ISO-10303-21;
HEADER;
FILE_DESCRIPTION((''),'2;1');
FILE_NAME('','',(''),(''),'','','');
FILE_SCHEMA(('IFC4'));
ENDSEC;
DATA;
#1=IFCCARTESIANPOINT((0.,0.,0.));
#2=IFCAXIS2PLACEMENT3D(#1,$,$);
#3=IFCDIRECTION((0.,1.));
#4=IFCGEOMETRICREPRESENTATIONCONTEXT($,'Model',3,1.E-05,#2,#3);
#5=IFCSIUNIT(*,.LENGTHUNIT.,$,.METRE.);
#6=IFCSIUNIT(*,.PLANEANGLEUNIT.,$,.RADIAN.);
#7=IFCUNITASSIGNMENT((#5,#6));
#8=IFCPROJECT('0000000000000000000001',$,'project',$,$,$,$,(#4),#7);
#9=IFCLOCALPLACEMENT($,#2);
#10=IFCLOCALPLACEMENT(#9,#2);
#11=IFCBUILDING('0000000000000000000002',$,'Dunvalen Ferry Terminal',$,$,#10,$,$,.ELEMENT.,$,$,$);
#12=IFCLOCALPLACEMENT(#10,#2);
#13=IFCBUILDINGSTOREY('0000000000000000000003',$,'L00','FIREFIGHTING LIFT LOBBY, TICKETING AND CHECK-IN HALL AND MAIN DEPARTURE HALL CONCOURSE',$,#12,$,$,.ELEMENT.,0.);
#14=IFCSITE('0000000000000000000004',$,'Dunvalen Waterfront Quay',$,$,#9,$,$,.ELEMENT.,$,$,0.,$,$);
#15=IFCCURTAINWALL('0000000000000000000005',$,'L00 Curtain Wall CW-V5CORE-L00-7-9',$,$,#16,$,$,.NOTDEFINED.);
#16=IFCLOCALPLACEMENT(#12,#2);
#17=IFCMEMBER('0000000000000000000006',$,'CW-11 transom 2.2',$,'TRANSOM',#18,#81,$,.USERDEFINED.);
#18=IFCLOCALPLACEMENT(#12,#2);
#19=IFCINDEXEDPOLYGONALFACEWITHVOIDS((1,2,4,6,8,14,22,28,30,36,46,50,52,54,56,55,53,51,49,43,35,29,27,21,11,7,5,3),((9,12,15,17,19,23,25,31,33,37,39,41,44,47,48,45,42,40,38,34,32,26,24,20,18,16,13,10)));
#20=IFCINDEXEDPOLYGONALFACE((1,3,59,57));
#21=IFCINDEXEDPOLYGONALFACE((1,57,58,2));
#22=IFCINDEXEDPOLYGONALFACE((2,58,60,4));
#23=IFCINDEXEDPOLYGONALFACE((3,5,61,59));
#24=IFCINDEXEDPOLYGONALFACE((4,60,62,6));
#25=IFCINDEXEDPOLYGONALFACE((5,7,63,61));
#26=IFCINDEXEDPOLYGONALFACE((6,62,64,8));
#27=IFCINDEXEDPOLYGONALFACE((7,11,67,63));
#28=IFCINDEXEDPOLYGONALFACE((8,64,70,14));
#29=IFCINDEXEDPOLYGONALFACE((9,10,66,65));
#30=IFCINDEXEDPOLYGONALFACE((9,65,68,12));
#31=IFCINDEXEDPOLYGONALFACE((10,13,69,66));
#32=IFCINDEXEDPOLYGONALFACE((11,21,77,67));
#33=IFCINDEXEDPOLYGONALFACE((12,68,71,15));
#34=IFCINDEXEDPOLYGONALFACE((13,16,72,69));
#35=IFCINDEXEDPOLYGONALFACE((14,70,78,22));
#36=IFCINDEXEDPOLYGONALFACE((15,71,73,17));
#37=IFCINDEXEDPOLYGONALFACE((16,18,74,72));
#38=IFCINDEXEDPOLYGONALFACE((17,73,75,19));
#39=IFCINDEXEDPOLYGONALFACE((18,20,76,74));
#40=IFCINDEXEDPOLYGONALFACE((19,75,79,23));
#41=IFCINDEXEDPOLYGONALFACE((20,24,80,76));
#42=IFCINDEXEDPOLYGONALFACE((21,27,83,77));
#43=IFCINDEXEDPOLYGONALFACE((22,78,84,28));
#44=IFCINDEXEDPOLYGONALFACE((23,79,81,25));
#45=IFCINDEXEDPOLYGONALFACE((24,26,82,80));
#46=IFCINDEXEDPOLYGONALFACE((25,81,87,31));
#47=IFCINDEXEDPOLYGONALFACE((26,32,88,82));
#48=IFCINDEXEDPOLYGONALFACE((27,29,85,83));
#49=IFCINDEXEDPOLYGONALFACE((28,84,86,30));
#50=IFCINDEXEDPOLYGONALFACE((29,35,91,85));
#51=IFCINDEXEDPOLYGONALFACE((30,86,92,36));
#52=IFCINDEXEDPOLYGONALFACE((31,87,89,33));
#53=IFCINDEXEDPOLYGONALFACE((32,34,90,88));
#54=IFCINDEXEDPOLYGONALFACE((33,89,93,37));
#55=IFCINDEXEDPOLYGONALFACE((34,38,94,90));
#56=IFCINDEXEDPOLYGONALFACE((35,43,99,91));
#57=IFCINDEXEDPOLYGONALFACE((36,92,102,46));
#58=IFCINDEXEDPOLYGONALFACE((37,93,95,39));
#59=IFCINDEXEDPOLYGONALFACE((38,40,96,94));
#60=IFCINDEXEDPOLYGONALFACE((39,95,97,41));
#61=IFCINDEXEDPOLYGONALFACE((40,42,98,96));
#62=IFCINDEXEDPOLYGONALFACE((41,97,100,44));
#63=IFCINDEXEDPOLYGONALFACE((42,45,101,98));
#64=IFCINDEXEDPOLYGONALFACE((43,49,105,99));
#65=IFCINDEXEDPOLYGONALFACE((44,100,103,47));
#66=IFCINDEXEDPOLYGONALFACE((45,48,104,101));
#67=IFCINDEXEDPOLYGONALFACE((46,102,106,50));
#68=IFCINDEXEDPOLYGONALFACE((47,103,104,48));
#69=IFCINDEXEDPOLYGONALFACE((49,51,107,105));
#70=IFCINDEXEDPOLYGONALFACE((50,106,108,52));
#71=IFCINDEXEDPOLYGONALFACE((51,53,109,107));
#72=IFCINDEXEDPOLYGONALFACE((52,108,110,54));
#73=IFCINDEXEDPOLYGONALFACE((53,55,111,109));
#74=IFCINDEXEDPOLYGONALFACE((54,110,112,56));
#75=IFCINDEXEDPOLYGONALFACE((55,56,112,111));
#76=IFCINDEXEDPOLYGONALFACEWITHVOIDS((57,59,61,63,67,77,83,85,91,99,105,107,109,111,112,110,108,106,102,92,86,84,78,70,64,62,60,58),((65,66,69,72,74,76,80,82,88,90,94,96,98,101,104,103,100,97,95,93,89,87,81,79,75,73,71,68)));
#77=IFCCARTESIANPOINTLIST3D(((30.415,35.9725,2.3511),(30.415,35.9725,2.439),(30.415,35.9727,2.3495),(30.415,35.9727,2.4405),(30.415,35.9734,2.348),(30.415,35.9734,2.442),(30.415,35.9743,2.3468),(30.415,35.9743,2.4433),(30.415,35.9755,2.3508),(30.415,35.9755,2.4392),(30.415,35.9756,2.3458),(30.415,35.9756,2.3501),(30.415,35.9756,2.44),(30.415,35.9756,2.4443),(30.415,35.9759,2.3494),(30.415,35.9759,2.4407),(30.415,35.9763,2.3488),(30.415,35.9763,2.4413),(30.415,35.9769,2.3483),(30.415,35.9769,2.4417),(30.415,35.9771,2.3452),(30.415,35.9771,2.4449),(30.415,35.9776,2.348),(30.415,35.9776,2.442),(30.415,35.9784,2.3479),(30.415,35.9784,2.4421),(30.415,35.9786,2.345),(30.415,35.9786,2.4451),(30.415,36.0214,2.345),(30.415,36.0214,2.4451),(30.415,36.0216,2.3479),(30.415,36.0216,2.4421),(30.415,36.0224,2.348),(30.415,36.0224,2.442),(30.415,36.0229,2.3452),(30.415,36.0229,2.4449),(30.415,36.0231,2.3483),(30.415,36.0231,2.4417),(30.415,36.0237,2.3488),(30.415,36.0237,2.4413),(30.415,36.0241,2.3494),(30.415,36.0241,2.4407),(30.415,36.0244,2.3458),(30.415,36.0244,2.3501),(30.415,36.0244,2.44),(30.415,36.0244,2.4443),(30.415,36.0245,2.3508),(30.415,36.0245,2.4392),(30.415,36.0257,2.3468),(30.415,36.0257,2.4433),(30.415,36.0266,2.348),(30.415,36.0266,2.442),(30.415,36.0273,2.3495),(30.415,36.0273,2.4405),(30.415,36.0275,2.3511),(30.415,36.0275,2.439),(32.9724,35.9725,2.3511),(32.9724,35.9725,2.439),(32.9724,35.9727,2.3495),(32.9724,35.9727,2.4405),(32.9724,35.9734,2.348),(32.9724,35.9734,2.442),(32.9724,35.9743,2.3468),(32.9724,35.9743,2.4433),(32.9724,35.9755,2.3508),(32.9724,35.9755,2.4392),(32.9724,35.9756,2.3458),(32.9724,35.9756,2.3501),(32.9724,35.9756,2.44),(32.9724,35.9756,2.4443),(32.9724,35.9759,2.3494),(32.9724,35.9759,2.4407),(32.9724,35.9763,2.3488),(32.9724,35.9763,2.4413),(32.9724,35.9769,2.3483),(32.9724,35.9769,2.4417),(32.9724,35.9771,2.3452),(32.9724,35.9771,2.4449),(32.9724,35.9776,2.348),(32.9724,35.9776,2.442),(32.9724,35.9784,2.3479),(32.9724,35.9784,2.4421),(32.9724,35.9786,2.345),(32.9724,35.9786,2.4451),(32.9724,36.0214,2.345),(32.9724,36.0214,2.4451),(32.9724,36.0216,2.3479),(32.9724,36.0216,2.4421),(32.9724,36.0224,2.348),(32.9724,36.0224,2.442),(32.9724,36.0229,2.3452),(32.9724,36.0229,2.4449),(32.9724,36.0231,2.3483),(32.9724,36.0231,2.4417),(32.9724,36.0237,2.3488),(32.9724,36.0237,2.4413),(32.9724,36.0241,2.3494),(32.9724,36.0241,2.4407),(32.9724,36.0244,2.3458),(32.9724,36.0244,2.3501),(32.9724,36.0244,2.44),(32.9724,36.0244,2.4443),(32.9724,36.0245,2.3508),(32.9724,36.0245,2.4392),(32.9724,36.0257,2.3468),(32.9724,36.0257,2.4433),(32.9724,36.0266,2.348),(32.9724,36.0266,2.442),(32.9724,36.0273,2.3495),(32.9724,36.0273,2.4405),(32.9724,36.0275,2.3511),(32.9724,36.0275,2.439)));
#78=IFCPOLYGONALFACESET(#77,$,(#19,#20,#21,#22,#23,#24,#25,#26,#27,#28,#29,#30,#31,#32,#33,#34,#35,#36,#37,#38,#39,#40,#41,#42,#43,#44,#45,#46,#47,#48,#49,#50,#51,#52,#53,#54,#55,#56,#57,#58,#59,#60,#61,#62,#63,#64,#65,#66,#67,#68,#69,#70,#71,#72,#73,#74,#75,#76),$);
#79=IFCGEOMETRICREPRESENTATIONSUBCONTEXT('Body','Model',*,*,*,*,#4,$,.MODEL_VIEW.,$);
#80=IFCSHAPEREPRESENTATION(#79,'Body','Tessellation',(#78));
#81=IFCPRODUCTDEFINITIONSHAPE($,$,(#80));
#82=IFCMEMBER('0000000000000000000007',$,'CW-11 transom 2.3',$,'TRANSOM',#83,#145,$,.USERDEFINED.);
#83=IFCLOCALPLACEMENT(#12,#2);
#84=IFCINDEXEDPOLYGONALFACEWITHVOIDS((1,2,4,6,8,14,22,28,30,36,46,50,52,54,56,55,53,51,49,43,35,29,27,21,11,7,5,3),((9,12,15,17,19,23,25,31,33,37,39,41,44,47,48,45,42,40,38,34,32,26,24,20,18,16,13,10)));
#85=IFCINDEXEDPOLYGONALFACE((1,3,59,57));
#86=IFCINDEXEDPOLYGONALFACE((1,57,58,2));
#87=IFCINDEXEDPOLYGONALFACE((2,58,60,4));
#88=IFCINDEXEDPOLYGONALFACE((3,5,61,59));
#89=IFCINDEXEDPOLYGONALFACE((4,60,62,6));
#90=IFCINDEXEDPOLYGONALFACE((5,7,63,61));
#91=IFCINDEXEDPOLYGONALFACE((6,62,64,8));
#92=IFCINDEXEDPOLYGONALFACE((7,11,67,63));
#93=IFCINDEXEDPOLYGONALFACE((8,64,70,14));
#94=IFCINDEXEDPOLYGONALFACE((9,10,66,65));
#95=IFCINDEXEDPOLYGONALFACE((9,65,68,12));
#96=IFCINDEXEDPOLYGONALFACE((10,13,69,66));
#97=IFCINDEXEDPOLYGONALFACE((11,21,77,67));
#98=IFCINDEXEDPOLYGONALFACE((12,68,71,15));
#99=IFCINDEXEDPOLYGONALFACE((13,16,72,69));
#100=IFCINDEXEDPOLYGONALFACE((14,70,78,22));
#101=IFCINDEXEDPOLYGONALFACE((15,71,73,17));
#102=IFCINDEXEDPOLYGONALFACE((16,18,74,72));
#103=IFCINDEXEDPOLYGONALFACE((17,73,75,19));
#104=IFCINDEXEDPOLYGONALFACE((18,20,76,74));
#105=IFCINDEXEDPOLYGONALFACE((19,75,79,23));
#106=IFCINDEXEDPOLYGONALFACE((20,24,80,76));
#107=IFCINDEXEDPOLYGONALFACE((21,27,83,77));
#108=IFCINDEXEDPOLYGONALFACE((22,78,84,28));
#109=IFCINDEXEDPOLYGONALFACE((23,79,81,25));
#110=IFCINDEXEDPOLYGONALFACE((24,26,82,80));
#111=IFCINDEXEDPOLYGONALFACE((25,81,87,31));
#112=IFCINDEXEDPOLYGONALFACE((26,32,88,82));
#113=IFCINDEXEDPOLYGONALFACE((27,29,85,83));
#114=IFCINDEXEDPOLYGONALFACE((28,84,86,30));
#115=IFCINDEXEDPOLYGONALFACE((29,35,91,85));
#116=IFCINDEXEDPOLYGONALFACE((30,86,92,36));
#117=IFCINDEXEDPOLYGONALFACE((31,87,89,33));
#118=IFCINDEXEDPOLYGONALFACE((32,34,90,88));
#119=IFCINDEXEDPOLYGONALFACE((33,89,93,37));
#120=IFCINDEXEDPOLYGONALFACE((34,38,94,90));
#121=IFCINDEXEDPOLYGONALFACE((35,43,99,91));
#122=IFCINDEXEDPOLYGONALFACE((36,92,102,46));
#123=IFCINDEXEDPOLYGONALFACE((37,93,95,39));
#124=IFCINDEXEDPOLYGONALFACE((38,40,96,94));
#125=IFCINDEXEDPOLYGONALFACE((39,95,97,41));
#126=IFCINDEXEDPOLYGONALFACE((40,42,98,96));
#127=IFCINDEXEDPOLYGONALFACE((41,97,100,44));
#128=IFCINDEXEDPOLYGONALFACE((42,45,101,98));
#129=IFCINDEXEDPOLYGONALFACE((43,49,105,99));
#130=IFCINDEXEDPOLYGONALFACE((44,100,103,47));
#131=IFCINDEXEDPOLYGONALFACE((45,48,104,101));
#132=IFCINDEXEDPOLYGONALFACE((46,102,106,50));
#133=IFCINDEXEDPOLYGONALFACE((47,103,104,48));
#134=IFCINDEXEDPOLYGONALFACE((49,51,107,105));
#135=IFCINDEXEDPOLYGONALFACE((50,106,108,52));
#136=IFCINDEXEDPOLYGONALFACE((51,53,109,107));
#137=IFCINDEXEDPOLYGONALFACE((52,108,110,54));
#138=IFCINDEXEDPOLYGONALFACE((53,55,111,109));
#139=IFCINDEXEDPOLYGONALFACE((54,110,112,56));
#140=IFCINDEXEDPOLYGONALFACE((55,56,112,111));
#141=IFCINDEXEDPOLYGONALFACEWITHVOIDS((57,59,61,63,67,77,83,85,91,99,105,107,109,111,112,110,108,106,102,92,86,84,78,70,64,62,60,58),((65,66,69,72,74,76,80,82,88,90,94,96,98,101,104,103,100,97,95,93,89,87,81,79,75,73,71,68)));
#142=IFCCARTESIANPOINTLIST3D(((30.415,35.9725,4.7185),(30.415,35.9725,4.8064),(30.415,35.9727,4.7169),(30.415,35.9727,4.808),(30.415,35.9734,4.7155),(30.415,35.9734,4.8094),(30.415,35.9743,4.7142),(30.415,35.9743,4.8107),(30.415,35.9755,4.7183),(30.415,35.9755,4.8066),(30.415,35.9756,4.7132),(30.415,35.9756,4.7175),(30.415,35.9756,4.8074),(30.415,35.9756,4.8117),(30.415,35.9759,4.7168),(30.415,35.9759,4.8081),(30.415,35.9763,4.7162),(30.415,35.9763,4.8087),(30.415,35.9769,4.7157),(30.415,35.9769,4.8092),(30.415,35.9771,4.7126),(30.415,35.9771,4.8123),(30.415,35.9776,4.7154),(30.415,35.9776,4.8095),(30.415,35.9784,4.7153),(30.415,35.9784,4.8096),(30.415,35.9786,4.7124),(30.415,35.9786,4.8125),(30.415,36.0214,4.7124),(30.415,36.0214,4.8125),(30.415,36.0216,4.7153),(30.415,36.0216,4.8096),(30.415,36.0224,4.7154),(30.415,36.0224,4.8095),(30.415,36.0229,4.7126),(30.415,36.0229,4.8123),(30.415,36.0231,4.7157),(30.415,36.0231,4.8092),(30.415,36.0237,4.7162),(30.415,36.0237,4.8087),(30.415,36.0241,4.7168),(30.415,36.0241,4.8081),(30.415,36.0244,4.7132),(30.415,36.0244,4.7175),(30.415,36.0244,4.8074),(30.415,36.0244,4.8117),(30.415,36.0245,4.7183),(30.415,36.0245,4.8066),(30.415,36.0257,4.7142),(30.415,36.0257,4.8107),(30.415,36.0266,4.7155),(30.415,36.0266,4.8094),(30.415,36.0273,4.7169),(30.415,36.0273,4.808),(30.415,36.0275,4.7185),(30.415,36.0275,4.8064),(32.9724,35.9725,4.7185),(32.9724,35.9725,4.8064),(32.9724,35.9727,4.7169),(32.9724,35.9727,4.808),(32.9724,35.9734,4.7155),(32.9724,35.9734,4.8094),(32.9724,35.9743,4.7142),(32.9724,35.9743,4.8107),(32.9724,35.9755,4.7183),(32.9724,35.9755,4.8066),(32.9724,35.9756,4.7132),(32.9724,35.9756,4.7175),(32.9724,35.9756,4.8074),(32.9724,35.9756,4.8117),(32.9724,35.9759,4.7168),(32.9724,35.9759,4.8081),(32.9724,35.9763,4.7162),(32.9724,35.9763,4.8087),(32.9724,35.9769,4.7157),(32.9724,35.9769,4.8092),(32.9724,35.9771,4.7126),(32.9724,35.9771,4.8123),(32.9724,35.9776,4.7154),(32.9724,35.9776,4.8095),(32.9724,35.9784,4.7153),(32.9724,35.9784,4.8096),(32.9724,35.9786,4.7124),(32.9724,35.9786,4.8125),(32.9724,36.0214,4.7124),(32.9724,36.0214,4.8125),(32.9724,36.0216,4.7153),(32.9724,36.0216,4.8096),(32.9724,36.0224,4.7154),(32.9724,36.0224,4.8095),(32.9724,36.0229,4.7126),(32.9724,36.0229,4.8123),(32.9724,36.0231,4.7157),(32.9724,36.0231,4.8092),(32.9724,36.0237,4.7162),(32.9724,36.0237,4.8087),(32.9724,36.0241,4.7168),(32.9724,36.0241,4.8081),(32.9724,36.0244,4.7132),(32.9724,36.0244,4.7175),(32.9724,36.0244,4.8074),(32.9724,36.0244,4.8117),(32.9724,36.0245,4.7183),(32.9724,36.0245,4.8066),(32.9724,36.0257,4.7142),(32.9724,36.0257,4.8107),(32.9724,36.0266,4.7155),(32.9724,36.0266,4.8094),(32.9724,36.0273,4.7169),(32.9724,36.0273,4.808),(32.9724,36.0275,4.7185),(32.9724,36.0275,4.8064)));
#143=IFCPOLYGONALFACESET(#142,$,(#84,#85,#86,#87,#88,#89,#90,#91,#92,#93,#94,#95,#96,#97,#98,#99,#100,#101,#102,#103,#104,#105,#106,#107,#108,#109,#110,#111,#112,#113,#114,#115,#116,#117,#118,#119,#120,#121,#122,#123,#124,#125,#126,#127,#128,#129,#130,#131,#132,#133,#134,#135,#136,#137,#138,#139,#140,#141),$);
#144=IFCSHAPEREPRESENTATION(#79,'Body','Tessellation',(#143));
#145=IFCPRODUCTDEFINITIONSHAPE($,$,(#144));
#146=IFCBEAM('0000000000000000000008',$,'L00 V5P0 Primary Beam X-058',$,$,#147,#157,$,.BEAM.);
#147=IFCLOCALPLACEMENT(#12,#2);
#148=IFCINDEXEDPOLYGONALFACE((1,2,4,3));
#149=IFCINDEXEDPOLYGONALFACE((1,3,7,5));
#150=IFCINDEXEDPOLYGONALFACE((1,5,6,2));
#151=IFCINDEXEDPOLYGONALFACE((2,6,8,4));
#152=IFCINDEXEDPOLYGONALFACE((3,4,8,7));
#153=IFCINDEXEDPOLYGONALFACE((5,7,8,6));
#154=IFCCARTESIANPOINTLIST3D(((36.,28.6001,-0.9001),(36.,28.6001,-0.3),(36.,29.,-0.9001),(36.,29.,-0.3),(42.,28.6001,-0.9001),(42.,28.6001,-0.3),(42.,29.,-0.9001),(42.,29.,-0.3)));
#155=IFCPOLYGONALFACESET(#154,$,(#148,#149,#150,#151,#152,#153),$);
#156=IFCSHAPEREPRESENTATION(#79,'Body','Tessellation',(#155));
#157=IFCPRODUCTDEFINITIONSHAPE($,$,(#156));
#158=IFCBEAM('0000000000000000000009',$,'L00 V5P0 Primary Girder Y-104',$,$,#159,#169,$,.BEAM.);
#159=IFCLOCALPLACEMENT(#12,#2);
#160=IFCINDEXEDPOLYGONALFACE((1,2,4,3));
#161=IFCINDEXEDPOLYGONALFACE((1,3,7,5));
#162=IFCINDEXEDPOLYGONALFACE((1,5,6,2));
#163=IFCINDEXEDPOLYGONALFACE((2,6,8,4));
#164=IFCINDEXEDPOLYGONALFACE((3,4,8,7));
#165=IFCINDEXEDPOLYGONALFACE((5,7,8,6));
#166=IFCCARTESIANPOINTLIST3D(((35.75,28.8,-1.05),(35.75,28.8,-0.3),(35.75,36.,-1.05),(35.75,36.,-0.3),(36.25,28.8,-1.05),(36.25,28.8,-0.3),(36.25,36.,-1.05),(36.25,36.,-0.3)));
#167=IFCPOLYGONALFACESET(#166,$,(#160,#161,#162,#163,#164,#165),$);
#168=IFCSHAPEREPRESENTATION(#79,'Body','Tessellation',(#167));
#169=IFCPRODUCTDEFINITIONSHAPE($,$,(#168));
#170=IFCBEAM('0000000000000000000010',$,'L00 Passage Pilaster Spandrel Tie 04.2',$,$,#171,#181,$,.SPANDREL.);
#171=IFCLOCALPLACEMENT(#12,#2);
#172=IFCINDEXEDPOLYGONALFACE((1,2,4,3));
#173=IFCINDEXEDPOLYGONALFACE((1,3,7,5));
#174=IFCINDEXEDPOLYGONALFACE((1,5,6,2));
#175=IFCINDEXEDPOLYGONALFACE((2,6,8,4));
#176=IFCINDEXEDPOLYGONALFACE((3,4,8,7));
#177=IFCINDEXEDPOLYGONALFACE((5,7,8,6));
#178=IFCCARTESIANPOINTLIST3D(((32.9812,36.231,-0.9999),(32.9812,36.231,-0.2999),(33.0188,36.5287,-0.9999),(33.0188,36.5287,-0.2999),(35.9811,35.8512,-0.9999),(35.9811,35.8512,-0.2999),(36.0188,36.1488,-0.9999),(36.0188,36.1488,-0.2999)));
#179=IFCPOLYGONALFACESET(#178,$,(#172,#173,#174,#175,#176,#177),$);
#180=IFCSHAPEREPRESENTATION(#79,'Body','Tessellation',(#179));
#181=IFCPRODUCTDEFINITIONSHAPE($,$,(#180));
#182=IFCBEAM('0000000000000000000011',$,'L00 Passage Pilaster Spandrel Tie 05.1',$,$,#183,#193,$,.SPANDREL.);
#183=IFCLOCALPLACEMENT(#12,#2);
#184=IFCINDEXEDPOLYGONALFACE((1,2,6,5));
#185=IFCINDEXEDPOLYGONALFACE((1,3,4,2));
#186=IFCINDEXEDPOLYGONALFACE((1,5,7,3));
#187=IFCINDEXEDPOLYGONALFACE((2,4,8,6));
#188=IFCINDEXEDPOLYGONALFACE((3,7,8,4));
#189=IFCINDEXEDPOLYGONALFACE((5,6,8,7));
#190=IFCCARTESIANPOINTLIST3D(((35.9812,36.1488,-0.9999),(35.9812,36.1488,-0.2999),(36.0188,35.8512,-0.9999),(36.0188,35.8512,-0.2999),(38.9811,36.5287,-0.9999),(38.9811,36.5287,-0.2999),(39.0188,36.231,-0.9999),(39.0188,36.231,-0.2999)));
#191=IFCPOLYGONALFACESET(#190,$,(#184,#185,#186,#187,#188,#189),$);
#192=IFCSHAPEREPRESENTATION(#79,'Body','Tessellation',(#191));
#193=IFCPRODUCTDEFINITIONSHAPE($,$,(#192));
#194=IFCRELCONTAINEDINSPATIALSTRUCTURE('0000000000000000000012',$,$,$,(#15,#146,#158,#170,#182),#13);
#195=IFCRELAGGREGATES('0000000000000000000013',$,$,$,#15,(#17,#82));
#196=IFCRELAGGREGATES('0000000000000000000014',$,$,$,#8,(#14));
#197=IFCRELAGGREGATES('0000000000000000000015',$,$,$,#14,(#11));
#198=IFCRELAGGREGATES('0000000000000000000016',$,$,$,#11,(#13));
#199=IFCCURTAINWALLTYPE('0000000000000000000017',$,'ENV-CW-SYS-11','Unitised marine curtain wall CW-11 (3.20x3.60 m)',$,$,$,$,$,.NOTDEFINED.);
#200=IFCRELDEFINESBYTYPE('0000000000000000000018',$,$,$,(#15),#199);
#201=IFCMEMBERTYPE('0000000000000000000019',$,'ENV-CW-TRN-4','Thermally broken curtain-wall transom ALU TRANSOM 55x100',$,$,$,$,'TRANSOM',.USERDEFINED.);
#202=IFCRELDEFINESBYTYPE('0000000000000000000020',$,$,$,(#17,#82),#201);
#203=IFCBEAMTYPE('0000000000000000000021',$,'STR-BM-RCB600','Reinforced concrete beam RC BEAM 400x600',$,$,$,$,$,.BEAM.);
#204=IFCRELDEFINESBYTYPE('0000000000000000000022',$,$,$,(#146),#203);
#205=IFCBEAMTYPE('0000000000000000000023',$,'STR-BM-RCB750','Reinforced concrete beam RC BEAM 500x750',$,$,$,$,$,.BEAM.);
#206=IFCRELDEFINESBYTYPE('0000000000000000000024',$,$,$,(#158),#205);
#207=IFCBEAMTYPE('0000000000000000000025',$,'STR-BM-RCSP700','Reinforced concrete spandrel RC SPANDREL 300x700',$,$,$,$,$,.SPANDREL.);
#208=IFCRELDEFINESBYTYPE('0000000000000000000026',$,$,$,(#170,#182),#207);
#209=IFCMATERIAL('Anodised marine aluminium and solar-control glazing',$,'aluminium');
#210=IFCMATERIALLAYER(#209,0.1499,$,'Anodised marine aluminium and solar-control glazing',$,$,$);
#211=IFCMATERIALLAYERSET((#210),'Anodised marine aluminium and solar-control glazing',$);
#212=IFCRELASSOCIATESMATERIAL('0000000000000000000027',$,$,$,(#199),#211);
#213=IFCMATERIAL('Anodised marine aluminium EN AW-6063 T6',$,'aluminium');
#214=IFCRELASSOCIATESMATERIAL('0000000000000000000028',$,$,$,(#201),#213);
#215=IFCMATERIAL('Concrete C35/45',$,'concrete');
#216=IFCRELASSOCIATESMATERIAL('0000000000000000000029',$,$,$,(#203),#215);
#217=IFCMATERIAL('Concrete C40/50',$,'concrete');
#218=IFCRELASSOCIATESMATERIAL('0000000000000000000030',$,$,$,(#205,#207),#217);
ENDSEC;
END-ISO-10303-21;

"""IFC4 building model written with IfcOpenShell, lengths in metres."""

from ifc_helpers import new_model, si_unit, direction, frame, origin, origin_2d, place, context, subcontext, project, spatial, rectangle, hollow_rectangle, extrude, material, layer, layer_set, material_profile, profile_set, type_object, element, aggregate, save


model = new_model("IFC4")

# Units and contexts
model_context = context("Model", 3, precision=1e-05, world=origin(), true_north=direction((0.0, 1.0)))
body_context = subcontext(model_context, "Body", "Model", "MODEL_VIEW")
ifc_project = project(units=[si_unit("LENGTHUNIT", "METRE"), si_unit("PLANEANGLEUNIT", "RADIAN")], contexts=[model_context])

# Site, building, storey
site_placement = place(None, origin())
site = spatial("IfcSite", under=ifc_project, at=site_placement, Name="Dunvalen Waterfront Quay", CompositionType="ELEMENT", RefElevation=0.0)
building_placement = place(site_placement, origin())
building = spatial("IfcBuilding", under=site, at=building_placement, Name="Dunvalen Ferry Terminal", CompositionType="ELEMENT")
storey_placement = place(building_placement, origin())
storey = spatial("IfcBuildingStorey", under=building, at=storey_placement, Name="L00", Description="FIREFIGHTING LIFT LOBBY, TICKETING AND CHECK-IN HALL AND MAIN DEPARTURE HALL CONCOURSE", CompositionType="ELEMENT", Elevation=0.0)

# Shared definitions
ifc_material_1 = material(Name="Concrete C40/50", Category="concrete")

# Curtain wall, members
ifc_material_2 = material(Name="Anodised marine aluminium and solar-control glazing", Category="aluminium")
ifc_layer_1 = layer(ifc_material_2, 0.1499, Name="Anodised marine aluminium and solar-control glazing")
ifc_layer_set_1 = layer_set([ifc_layer_1], Name="Anodised marine aluminium and solar-control glazing")
curtain_wall_type = type_object("IfcCurtainWallType", Name="ENV-CW-SYS-11", Description="Unitised marine curtain wall CW-11 (3.20x3.60 m)", PredefinedType="NOTDEFINED", material=ifc_layer_set_1)
curtain_wall_placement = place(storey_placement, origin())
curtain_wall = element("IfcCurtainWall", 1, at=curtain_wall_placement, inside=storey, type_object=curtain_wall_type, Name="L00 Curtain Wall CW-V5CORE-L00-7-9", PredefinedType="NOTDEFINED")
ifc_material_3 = material(Name="Anodised marine aluminium EN AW-6063 T6", Category="aluminium")
ifc_material_profile_1 = material_profile(ifc_material_3, hollow_rectangle(XDim=0.0549, YDim=0.1001, WallThickness=0.0029, InnerFilletRadius=0.0029, OuterFilletRadius=0.0061, at=origin_2d()), Name="Anodised marine aluminium EN AW-6063 T6")
ifc_profile_set_1 = profile_set([ifc_material_profile_1], Name="Anodised marine aluminium EN AW-6063 T6")
member_type_1 = type_object("IfcMemberType", Name="ENV-CW-TRN-4", Description="Thermally broken curtain-wall transom ALU TRANSOM 55x100", ElementType="TRANSOM", PredefinedType="USERDEFINED", material=ifc_profile_set_1)
member_1_placement = place(storey_placement, frame((32.9724, 36.0, 2.395), z_axis=(-1.0, 0.0, 0.0), x_axis=(0.0, -1.0, 0.0)))
member_1 = element("IfcMember", 2, at=member_1_placement, type_object=member_type_1, Name="CW-11 transom 2.2", ObjectType="TRANSOM", PredefinedType="USERDEFINED", context=body_context, shape_type="SweptSolid", body=[
    extrude(hollow_rectangle(XDim=0.0549, YDim=0.1001, WallThickness=0.0029, InnerFilletRadius=0.0029, OuterFilletRadius=0.0061, at=origin_2d()), origin(), (0.0, 0.0, 1.0), 2.5574),
])
member_2_placement = place(storey_placement, frame((32.9724, 36.0, 4.7625), z_axis=(-1.0, 0.0, 0.0), x_axis=(0.0, -1.0, 0.0)))
member_2 = element("IfcMember", 3, at=member_2_placement, type_object=member_type_1, Name="CW-11 transom 2.3", ObjectType="TRANSOM", PredefinedType="USERDEFINED", context=body_context, shape_type="SweptSolid", body=[
    extrude(hollow_rectangle(XDim=0.0549, YDim=0.1001, WallThickness=0.0029, InnerFilletRadius=0.0029, OuterFilletRadius=0.0061, at=origin_2d()), origin(), (0.0, 0.0, 1.0), 2.5574),
])

# Beams
ifc_material_4 = material(Name="Concrete C35/45", Category="concrete")
ifc_material_profile_2 = material_profile(ifc_material_4, rectangle(XDim=0.3999, YDim=0.6001, at=origin_2d()), Name="Concrete C35/45")
ifc_profile_set_2 = profile_set([ifc_material_profile_2], Name="Concrete C35/45")
beam_type_1 = type_object("IfcBeamType", Name="STR-BM-RCB600", Description="Reinforced concrete beam RC BEAM 400x600", PredefinedType="BEAM", material=ifc_profile_set_2)
beam_1_placement = place(storey_placement, frame((36.0, 28.8, -0.6001), z_axis=(1.0, 0.0, 0.0), x_axis=(0.0, 1.0, 0.0)))
element("IfcBeam", 4, at=beam_1_placement, inside=storey, type_object=beam_type_1, Name="L00 V5P0 Primary Beam X-058", PredefinedType="BEAM", context=body_context, shape_type="SweptSolid", body=[
    extrude(rectangle(XDim=0.3999, YDim=0.6001, at=origin_2d()), origin(), (0.0, 0.0, 1.0), 6.0),
])
ifc_material_profile_3 = material_profile(ifc_material_1, rectangle(XDim=0.5, YDim=0.75, at=origin_2d()), Name="Concrete C40/50")
ifc_profile_set_3 = profile_set([ifc_material_profile_3], Name="Concrete C40/50")
beam_type_2 = type_object("IfcBeamType", Name="STR-BM-RCB750", Description="Reinforced concrete beam RC BEAM 500x750", PredefinedType="BEAM", material=ifc_profile_set_3)
beam_2_placement = place(storey_placement, frame((36.0, 28.8, -0.675), z_axis=(0.0, 1.0, 0.0), x_axis=(-1.0, 0.0, 0.0)))
element("IfcBeam", 5, at=beam_2_placement, inside=storey, type_object=beam_type_2, Name="L00 V5P0 Primary Girder Y-104", PredefinedType="BEAM", context=body_context, shape_type="SweptSolid", body=[
    extrude(rectangle(XDim=0.5, YDim=0.75, at=origin_2d()), origin(), (0.0, 0.0, 1.0), 7.2),
])
ifc_material_profile_4 = material_profile(ifc_material_1, rectangle(XDim=0.3, YDim=0.7, at=origin_2d()), Name="Concrete C40/50")
ifc_profile_set_4 = profile_set([ifc_material_profile_4], Name="Concrete C40/50")
beam_type_3 = type_object("IfcBeamType", Name="STR-BM-RCSP700", Description="Reinforced concrete spandrel RC SPANDREL 300x700", PredefinedType="SPANDREL", material=ifc_profile_set_4)
for number, where, z_axis, x_axis, name in (
    (6, (33.0, 36.3799, -0.6499), (0.992078, -0.125624, 0.0), (0.125624, 0.992078, 0.0), "L00 Passage Pilaster Spandrel Tie 04.2"),
    (7, (36.0, 36.0, -0.6499), (0.992078, 0.125624, 0.0), (-0.125624, 0.992078, 0.0), "L00 Passage Pilaster Spandrel Tie 05.1"),
):
    element("IfcBeam", number, at=place(storey_placement, frame(where, z_axis=z_axis, x_axis=x_axis)), inside=storey, type_object=beam_type_3, Name=name, PredefinedType="SPANDREL", context=body_context, shape_type="SweptSolid", body=[
        extrude(rectangle(XDim=0.3, YDim=0.7, at=origin_2d()), origin(), (0.0, 0.0, 1.0), 3.0239),
    ])

aggregate(curtain_wall, [member_1, member_2])

save(model, "model.ifc")
